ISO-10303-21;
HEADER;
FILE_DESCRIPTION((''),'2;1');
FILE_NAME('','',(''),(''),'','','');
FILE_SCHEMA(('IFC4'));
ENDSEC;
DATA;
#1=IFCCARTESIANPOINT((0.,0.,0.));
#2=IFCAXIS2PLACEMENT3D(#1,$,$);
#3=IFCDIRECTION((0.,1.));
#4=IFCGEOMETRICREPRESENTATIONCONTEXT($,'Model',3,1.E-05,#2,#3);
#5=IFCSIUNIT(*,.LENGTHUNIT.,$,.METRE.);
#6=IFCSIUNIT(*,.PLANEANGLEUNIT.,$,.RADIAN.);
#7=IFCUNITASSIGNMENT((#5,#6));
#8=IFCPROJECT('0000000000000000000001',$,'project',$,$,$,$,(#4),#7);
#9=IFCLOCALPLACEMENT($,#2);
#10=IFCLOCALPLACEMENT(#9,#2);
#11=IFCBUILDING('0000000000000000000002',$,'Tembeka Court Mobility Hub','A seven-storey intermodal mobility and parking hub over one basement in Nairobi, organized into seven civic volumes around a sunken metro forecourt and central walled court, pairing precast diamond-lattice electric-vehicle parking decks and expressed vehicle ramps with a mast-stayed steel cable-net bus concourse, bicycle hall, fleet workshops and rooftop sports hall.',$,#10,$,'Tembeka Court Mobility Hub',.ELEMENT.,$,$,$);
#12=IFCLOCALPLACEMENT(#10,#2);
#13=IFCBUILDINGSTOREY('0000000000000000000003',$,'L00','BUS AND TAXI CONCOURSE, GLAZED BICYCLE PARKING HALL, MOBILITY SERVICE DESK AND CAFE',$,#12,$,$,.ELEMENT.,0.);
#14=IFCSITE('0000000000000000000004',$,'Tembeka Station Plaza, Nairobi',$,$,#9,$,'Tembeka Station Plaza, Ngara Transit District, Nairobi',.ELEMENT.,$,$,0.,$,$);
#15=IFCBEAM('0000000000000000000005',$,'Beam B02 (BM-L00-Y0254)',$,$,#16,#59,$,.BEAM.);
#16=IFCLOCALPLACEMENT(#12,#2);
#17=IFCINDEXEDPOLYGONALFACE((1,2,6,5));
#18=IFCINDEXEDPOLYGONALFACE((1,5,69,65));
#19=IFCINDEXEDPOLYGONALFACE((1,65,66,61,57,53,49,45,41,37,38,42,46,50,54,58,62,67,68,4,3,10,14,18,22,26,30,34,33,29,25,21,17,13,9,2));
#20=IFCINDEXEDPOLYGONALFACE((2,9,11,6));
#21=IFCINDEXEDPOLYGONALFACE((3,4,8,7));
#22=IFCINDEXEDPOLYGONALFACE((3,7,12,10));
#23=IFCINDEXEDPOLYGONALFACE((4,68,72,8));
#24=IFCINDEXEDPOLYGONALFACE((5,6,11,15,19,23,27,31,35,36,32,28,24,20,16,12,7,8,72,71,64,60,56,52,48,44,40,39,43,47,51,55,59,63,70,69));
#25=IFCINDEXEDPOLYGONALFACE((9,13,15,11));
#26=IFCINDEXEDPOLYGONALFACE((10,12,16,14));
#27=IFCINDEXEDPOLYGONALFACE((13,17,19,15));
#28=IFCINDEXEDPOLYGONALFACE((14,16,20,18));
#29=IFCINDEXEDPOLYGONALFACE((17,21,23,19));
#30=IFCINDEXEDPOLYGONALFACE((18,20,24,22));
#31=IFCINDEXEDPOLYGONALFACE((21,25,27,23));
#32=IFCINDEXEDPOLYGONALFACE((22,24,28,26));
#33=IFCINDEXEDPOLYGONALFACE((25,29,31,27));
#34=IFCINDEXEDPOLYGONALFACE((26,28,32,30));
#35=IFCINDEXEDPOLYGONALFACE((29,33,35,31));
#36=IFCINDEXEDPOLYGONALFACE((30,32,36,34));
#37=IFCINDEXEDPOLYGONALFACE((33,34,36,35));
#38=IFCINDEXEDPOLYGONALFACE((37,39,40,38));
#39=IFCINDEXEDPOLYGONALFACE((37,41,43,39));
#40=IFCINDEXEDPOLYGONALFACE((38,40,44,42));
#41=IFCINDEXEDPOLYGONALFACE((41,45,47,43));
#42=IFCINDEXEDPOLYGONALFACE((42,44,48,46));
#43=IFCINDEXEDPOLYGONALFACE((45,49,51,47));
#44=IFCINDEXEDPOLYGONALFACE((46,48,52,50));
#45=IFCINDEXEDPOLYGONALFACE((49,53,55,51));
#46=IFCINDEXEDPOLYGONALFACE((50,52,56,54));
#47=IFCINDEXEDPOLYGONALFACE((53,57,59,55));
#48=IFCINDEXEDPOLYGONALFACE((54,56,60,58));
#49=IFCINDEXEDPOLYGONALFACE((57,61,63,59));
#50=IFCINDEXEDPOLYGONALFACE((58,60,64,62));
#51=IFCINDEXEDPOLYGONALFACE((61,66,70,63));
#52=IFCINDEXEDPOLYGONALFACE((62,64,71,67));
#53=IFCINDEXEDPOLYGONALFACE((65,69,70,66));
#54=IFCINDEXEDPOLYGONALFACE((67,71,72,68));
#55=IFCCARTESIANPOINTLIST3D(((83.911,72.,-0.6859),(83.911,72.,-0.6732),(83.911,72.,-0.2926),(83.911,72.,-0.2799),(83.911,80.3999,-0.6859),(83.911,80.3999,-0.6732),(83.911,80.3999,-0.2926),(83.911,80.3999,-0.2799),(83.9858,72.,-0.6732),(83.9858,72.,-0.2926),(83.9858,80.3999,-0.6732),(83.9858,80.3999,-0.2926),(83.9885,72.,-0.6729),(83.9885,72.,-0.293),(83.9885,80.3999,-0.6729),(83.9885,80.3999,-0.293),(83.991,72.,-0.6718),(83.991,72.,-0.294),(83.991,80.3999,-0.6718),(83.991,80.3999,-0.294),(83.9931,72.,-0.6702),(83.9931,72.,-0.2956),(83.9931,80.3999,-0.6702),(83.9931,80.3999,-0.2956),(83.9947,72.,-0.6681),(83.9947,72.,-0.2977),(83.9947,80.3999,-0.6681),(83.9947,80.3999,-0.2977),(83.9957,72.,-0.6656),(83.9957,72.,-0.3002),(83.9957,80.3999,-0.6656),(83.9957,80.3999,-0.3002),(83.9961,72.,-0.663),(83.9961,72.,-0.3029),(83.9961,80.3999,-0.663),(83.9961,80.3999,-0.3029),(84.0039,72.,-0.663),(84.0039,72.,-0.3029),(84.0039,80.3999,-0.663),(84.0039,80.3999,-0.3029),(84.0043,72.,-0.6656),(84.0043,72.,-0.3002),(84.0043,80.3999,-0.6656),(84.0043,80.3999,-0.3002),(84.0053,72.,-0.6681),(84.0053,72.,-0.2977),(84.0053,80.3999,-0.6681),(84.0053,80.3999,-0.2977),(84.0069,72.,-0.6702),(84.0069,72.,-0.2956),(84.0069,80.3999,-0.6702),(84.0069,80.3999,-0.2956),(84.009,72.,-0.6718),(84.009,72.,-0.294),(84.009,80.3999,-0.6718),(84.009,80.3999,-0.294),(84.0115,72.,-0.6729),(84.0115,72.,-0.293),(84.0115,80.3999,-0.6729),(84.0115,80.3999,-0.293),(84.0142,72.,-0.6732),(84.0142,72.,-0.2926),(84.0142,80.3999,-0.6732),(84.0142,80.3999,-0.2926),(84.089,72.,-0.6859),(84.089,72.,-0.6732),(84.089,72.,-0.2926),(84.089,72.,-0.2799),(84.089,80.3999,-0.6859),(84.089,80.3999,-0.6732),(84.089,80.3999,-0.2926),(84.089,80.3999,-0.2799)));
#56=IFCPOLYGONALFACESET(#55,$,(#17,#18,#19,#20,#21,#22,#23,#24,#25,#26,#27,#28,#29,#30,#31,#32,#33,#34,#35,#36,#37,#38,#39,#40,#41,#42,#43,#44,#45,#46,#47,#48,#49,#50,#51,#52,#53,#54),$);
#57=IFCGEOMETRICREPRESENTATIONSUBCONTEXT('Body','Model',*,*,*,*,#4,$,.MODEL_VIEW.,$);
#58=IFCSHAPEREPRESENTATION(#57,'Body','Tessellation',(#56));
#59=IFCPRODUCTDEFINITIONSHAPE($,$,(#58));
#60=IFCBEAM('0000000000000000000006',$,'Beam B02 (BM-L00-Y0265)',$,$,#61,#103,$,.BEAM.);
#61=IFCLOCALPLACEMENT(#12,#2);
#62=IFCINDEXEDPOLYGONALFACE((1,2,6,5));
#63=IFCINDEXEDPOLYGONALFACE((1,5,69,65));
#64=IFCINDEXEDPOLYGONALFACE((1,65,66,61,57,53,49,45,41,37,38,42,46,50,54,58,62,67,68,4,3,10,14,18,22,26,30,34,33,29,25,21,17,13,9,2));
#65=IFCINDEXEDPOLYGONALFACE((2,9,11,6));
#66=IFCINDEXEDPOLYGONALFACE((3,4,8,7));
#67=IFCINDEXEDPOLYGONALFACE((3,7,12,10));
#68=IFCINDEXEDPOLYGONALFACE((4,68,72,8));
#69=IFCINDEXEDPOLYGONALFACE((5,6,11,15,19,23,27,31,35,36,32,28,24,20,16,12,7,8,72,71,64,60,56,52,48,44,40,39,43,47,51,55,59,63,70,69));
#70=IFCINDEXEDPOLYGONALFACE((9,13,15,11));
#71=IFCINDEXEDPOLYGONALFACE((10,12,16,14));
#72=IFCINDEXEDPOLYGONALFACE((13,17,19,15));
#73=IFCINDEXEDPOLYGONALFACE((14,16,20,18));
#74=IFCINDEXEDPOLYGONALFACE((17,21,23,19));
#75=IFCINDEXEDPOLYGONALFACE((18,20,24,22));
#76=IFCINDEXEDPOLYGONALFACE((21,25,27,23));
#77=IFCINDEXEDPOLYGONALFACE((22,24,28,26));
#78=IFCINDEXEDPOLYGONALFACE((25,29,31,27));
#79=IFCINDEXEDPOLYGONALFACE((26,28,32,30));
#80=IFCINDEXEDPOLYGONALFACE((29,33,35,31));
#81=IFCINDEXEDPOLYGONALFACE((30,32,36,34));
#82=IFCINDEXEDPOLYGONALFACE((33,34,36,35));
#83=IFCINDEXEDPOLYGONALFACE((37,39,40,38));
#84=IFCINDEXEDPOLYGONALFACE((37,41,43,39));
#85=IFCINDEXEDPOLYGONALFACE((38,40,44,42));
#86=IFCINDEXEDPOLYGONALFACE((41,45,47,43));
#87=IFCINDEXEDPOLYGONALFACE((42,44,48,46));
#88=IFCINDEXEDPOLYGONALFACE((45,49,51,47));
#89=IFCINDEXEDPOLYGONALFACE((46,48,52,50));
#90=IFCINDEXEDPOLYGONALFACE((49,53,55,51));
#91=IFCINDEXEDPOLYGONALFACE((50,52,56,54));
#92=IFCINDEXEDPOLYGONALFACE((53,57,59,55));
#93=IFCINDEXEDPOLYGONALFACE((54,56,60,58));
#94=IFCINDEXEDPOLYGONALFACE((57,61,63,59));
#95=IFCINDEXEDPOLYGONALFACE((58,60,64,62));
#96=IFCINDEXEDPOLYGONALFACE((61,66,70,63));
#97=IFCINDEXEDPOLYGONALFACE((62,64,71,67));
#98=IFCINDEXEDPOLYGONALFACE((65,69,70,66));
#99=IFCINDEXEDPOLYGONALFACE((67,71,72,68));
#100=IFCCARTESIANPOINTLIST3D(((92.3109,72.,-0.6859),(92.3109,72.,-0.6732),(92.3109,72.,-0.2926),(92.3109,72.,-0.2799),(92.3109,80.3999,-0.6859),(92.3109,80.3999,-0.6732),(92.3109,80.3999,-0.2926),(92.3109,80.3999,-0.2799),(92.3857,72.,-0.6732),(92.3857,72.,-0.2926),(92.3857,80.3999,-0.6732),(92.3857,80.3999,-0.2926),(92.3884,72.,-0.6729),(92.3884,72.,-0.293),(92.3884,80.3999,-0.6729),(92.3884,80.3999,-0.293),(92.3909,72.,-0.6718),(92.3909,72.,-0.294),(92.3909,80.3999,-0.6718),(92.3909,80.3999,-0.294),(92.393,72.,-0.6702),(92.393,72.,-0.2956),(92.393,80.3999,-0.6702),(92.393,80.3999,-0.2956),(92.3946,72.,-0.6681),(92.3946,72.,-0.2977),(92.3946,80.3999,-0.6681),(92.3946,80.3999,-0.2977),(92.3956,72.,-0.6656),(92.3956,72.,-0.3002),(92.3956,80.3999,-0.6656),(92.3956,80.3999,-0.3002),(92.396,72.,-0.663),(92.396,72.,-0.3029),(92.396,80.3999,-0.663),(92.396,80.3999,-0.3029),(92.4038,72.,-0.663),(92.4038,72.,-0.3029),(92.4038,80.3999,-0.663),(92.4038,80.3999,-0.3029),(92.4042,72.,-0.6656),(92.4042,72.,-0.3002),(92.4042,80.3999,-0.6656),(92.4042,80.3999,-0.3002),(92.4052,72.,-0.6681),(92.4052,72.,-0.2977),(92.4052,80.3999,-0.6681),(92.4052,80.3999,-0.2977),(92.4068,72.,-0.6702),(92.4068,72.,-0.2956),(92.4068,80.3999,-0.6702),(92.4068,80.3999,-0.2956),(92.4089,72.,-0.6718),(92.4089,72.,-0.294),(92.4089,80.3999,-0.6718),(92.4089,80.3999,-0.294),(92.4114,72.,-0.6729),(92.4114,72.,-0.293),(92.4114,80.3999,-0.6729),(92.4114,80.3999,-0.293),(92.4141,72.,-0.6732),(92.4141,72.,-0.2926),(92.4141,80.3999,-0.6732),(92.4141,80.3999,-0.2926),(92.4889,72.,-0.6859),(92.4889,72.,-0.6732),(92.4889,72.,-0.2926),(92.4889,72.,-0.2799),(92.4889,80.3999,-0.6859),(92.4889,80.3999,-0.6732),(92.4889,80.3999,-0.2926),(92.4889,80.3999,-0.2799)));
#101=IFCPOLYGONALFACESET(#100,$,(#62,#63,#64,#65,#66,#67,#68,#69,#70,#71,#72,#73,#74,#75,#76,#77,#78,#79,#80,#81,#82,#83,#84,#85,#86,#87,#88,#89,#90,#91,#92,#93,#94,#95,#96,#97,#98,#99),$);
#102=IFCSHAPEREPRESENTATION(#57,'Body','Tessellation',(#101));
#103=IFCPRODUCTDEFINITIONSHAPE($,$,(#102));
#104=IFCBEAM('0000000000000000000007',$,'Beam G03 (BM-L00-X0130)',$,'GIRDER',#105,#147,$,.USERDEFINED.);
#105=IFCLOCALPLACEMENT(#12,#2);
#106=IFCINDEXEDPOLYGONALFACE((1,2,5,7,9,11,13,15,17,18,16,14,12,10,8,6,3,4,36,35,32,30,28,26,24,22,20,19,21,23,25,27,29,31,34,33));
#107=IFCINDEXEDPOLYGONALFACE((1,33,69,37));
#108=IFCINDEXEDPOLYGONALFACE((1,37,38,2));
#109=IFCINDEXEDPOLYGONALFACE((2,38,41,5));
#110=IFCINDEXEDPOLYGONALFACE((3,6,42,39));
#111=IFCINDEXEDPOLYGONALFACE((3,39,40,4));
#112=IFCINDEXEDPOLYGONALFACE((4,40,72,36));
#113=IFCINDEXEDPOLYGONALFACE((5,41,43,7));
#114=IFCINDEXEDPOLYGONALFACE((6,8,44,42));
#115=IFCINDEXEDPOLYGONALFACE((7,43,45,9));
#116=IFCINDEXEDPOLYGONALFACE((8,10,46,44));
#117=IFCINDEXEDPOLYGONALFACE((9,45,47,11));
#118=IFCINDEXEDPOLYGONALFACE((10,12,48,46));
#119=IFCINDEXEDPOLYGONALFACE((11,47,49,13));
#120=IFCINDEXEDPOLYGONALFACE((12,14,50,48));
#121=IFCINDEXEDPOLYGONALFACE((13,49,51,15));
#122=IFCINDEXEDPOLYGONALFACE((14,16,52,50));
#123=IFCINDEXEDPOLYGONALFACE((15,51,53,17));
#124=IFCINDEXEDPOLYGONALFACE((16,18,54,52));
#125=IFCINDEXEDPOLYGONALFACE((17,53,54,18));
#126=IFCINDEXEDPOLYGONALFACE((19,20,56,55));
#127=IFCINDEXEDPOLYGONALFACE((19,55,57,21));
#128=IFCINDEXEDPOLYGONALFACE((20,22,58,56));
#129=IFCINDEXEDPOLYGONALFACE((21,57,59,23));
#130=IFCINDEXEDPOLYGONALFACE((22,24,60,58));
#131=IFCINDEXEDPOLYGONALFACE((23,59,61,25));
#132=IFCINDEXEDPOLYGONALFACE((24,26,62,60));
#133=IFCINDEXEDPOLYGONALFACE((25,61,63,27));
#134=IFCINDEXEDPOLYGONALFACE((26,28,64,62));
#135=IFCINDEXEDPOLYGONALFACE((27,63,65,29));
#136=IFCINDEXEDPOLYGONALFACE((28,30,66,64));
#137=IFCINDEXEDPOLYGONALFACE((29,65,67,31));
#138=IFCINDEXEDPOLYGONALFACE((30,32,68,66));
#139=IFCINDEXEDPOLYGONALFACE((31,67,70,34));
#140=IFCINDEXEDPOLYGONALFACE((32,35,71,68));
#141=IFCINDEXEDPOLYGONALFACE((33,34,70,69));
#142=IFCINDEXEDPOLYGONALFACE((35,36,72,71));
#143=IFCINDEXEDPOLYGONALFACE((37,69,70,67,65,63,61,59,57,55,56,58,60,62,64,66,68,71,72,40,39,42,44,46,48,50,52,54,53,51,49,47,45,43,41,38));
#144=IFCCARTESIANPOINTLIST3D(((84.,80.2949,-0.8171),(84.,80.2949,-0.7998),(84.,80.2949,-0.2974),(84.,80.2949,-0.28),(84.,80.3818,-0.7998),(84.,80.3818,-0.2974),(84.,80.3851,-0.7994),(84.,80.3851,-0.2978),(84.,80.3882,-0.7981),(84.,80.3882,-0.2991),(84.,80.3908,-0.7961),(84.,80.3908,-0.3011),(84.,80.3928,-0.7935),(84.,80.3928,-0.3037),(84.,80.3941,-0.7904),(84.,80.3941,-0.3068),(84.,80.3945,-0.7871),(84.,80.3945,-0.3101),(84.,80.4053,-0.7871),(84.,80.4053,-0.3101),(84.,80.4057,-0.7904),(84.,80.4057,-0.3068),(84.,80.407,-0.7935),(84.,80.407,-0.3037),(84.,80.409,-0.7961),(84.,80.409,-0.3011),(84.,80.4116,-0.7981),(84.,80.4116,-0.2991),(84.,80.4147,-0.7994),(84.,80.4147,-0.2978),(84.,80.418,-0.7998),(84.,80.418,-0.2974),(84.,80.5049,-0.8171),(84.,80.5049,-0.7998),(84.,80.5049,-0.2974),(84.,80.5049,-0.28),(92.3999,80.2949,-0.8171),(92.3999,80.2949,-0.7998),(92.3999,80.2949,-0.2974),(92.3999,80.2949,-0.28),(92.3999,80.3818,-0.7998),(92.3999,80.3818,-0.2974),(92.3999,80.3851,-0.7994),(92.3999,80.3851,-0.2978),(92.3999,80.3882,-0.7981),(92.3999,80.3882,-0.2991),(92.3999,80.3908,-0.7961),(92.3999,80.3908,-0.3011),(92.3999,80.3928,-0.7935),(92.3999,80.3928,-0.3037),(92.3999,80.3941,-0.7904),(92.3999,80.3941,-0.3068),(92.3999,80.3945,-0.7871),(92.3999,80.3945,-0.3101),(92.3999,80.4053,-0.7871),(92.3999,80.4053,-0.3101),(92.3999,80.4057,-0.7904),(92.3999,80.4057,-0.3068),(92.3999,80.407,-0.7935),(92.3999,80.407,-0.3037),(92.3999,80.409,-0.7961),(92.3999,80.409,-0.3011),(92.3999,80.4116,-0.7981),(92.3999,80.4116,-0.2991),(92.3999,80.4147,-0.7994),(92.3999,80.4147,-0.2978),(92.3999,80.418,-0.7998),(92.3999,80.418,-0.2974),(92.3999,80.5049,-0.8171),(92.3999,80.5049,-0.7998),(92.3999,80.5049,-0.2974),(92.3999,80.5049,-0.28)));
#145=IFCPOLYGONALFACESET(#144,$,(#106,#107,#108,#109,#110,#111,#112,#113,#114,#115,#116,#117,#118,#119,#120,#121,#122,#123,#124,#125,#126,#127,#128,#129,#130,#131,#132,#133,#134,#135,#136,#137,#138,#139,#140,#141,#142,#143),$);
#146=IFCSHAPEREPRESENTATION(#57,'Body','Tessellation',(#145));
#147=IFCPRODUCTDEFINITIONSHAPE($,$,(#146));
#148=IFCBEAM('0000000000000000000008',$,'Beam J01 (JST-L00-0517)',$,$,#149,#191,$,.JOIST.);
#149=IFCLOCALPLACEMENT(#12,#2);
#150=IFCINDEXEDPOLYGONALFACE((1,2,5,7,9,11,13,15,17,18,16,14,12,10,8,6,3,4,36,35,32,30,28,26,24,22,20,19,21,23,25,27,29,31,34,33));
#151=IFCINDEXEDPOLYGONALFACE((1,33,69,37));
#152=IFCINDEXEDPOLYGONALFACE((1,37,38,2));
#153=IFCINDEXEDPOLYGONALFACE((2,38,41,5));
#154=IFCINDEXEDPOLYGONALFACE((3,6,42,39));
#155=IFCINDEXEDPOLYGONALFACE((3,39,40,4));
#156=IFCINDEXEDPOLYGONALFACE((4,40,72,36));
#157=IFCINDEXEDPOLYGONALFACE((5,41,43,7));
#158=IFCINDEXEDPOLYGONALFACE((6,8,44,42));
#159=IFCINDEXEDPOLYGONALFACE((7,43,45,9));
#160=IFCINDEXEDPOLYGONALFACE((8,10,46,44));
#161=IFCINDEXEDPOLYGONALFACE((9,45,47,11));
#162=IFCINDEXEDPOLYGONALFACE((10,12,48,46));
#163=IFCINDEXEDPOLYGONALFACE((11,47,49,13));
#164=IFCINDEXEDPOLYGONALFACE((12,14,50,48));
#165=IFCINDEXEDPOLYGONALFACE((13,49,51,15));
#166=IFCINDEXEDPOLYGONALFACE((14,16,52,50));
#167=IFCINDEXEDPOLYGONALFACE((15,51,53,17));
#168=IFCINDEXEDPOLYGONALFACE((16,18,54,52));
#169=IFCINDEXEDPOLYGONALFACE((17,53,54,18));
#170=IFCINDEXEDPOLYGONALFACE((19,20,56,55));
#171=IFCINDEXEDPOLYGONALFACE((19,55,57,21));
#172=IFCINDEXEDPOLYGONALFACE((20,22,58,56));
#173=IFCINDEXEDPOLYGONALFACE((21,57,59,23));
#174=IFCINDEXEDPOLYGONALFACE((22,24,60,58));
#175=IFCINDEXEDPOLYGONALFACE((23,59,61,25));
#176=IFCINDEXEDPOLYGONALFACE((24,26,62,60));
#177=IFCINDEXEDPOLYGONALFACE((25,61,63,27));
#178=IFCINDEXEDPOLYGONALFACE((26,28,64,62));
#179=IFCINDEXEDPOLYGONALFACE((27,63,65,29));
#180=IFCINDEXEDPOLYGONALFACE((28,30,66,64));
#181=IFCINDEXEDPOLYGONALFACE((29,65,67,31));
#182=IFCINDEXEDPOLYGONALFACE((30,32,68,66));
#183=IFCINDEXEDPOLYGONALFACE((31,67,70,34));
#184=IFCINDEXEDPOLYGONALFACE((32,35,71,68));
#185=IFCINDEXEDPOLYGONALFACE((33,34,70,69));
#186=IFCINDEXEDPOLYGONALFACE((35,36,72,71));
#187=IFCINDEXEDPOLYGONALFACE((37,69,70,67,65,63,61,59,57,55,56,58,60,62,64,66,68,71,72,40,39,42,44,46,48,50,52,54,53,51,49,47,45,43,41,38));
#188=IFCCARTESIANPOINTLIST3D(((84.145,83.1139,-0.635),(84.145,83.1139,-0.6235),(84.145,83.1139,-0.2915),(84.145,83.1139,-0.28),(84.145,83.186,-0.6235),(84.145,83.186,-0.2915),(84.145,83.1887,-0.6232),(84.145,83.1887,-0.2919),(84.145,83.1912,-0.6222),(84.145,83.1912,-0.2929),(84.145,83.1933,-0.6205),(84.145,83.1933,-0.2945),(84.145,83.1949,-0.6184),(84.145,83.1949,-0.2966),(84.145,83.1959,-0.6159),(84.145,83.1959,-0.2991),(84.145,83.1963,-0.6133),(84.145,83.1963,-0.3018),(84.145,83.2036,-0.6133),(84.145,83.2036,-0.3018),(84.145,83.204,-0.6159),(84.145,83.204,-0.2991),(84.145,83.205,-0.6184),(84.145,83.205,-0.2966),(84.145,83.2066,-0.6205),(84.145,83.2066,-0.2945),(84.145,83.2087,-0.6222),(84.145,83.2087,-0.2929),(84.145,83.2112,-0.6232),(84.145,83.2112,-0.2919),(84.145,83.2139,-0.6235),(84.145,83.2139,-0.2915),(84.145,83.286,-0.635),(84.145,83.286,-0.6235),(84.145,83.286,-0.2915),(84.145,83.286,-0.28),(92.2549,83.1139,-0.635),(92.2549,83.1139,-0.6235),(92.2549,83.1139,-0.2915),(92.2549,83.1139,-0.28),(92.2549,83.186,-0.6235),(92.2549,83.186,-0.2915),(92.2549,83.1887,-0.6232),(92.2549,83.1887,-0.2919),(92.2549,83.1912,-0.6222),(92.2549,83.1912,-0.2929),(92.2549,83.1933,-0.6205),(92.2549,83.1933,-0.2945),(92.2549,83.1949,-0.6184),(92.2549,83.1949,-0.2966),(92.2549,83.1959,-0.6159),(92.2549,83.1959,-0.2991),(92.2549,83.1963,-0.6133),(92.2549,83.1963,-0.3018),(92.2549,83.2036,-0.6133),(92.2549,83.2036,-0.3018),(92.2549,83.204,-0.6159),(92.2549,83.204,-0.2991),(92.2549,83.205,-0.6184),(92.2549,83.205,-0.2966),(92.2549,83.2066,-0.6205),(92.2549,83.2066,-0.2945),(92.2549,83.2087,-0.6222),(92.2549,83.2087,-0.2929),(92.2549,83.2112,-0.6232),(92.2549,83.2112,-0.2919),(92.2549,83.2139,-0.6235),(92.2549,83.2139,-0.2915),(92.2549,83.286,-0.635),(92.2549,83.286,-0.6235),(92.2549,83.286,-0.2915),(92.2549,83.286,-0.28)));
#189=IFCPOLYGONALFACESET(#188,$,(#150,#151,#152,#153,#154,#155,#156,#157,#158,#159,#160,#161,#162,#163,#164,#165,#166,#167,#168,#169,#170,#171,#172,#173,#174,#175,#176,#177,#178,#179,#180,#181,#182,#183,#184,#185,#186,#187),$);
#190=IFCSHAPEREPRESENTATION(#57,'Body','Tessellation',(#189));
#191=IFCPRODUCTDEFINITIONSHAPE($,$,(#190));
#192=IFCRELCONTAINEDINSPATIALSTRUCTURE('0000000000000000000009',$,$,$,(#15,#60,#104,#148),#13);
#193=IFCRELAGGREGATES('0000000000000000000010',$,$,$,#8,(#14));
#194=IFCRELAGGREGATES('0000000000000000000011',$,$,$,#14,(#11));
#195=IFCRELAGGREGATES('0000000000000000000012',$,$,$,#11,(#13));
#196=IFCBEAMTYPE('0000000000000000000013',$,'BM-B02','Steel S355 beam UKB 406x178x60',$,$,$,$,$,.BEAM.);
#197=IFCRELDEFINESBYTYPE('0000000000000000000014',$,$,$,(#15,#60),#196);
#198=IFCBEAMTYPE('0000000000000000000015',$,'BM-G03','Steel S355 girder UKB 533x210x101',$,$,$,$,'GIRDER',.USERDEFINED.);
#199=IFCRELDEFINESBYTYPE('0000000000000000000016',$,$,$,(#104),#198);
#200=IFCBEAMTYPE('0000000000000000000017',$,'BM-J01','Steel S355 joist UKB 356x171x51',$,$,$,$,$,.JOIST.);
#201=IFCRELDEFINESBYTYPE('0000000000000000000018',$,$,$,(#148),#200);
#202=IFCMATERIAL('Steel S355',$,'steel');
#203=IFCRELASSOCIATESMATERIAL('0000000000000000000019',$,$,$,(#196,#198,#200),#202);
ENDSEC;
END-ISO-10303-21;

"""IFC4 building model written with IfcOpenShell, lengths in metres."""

from ifc_helpers import new_model, si_unit, direction, frame, origin, origin_2d, place, context, subcontext, project, spatial, i_section, extrude, material, material_profile, profile_set, type_object, element, save


model = new_model("IFC4")

# Units and contexts
model_context = context("Model", 3, precision=1e-05, world=origin(), true_north=direction((0.0, 1.0)))
body_context = subcontext(model_context, "Body", "Model", "MODEL_VIEW")
ifc_project = project(units=[si_unit("LENGTHUNIT", "METRE"), si_unit("PLANEANGLEUNIT", "RADIAN")], contexts=[model_context])

# Site, building, storey
site_placement = place(None, origin())
site = spatial("IfcSite", under=ifc_project, at=site_placement, Name="Tembeka Station Plaza, Nairobi", LongName="Tembeka Station Plaza, Ngara Transit District, Nairobi", CompositionType="ELEMENT", RefElevation=0.0)
building_placement = place(site_placement, origin())
building = spatial("IfcBuilding", under=site, at=building_placement, Name="Tembeka Court Mobility Hub", Description="A seven-storey intermodal mobility and parking hub over one basement in Nairobi, organized into seven civic volumes around a sunken metro forecourt and central walled court, pairing precast diamond-lattice electric-vehicle parking decks and expressed vehicle ramps with a mast-stayed steel cable-net bus concourse, bicycle hall, fleet workshops and rooftop sports hall.", LongName="Tembeka Court Mobility Hub", CompositionType="ELEMENT")
storey_placement = place(building_placement, origin())
storey = spatial("IfcBuildingStorey", under=building, at=storey_placement, Name="L00", Description="BUS AND TAXI CONCOURSE, GLAZED BICYCLE PARKING HALL, MOBILITY SERVICE DESK AND CAFE", CompositionType="ELEMENT", Elevation=0.0)

# Shared definitions
ifc_material_1 = material(Name="Steel S355", Category="steel")

# Beams
ifc_material_profile_1 = material_profile(ifc_material_1, i_section(OverallWidth=0.178, OverallDepth=0.406, WebThickness=0.0078, FlangeThickness=0.0127, FilletRadius=0.0103, at=origin_2d()), Name="UKB 406x178x60")
ifc_profile_set_1 = profile_set([ifc_material_profile_1], Name="Steel S355")
beam_type_1 = type_object("IfcBeamType", Name="BM-B02", Description="Steel S355 beam UKB 406x178x60", PredefinedType="BEAM", material=ifc_profile_set_1)
for number, where, z_axis, x_axis, name in (
    (1, (84.0, 72.0, -0.4829), (0.0, 1.0, 0.0), (-1.0, 0.0, 0.0), "Beam B02 (BM-L00-Y0254)"),
    (2, (92.3999, 72.0, -0.4829), (0.0, 1.0, 0.0), (-1.0, 0.0, 0.0), "Beam B02 (BM-L00-Y0265)"),
):
    element("IfcBeam", number, at=place(storey_placement, frame(where, z_axis=z_axis, x_axis=x_axis)), inside=storey, type_object=beam_type_1, Name=name, PredefinedType="BEAM", context=body_context, shape_type="SweptSolid", body=[
        extrude(i_section(OverallWidth=0.178, OverallDepth=0.406, WebThickness=0.0078, FlangeThickness=0.0127, FilletRadius=0.0103, at=origin_2d()), origin(), (0.0, 0.0, 1.0), 8.3999),
    ])
ifc_material_profile_2 = material_profile(ifc_material_1, i_section(OverallWidth=0.21, OverallDepth=0.5371, WebThickness=0.0107, FlangeThickness=0.0173, FilletRadius=0.0127, at=origin_2d()), Name="UKB 533x210x101")
ifc_profile_set_2 = profile_set([ifc_material_profile_2], Name="Steel S355")
beam_type_2 = type_object("IfcBeamType", Name="BM-G03", Description="Steel S355 girder UKB 533x210x101", ElementType="GIRDER", PredefinedType="USERDEFINED", material=ifc_profile_set_2)
beam_placement = place(storey_placement, frame((84.0, 80.3999, -0.5486), z_axis=(1.0, 0.0, 0.0), x_axis=(0.0, 1.0, 0.0)))
element("IfcBeam", 3, at=beam_placement, inside=storey, type_object=beam_type_2, Name="Beam G03 (BM-L00-X0130)", ObjectType="GIRDER", PredefinedType="USERDEFINED", context=body_context, shape_type="SweptSolid", body=[
    extrude(i_section(OverallWidth=0.21, OverallDepth=0.5371, WebThickness=0.0107, FlangeThickness=0.0173, FilletRadius=0.0127, at=origin_2d()), origin(), (0.0, 0.0, 1.0), 8.3999),
])
ifc_material_profile_3 = material_profile(ifc_material_1, i_section(OverallWidth=0.1721, OverallDepth=0.355, WebThickness=0.0073, FlangeThickness=0.0115, FilletRadius=0.0103, at=origin_2d()), Name="UKB 356x171x51")
ifc_profile_set_3 = profile_set([ifc_material_profile_3], Name="Steel S355")
beam_type_3 = type_object("IfcBeamType", Name="BM-J01", Description="Steel S355 joist UKB 356x171x51", PredefinedType="JOIST", material=ifc_profile_set_3)
for number, where, z_axis, x_axis, name in (
    (4, (84.145, 83.2, -0.4575), (1.0, 0.0, 0.0), (0.0, 1.0, 0.0), "Beam J01 (JST-L00-0517)"),
):
    element("IfcBeam", number, at=place(storey_placement, frame(where, z_axis=z_axis, x_axis=x_axis)), inside=storey, type_object=beam_type_3, Name=name, PredefinedType="JOIST", context=body_context, shape_type="SweptSolid", body=[
        extrude(i_section(OverallWidth=0.1721, OverallDepth=0.355, WebThickness=0.0073, FlangeThickness=0.0115, FilletRadius=0.0103, at=origin_2d()), origin(), (0.0, 0.0, 1.0), 8.1099),
    ])

save(model, "model.ifc")
